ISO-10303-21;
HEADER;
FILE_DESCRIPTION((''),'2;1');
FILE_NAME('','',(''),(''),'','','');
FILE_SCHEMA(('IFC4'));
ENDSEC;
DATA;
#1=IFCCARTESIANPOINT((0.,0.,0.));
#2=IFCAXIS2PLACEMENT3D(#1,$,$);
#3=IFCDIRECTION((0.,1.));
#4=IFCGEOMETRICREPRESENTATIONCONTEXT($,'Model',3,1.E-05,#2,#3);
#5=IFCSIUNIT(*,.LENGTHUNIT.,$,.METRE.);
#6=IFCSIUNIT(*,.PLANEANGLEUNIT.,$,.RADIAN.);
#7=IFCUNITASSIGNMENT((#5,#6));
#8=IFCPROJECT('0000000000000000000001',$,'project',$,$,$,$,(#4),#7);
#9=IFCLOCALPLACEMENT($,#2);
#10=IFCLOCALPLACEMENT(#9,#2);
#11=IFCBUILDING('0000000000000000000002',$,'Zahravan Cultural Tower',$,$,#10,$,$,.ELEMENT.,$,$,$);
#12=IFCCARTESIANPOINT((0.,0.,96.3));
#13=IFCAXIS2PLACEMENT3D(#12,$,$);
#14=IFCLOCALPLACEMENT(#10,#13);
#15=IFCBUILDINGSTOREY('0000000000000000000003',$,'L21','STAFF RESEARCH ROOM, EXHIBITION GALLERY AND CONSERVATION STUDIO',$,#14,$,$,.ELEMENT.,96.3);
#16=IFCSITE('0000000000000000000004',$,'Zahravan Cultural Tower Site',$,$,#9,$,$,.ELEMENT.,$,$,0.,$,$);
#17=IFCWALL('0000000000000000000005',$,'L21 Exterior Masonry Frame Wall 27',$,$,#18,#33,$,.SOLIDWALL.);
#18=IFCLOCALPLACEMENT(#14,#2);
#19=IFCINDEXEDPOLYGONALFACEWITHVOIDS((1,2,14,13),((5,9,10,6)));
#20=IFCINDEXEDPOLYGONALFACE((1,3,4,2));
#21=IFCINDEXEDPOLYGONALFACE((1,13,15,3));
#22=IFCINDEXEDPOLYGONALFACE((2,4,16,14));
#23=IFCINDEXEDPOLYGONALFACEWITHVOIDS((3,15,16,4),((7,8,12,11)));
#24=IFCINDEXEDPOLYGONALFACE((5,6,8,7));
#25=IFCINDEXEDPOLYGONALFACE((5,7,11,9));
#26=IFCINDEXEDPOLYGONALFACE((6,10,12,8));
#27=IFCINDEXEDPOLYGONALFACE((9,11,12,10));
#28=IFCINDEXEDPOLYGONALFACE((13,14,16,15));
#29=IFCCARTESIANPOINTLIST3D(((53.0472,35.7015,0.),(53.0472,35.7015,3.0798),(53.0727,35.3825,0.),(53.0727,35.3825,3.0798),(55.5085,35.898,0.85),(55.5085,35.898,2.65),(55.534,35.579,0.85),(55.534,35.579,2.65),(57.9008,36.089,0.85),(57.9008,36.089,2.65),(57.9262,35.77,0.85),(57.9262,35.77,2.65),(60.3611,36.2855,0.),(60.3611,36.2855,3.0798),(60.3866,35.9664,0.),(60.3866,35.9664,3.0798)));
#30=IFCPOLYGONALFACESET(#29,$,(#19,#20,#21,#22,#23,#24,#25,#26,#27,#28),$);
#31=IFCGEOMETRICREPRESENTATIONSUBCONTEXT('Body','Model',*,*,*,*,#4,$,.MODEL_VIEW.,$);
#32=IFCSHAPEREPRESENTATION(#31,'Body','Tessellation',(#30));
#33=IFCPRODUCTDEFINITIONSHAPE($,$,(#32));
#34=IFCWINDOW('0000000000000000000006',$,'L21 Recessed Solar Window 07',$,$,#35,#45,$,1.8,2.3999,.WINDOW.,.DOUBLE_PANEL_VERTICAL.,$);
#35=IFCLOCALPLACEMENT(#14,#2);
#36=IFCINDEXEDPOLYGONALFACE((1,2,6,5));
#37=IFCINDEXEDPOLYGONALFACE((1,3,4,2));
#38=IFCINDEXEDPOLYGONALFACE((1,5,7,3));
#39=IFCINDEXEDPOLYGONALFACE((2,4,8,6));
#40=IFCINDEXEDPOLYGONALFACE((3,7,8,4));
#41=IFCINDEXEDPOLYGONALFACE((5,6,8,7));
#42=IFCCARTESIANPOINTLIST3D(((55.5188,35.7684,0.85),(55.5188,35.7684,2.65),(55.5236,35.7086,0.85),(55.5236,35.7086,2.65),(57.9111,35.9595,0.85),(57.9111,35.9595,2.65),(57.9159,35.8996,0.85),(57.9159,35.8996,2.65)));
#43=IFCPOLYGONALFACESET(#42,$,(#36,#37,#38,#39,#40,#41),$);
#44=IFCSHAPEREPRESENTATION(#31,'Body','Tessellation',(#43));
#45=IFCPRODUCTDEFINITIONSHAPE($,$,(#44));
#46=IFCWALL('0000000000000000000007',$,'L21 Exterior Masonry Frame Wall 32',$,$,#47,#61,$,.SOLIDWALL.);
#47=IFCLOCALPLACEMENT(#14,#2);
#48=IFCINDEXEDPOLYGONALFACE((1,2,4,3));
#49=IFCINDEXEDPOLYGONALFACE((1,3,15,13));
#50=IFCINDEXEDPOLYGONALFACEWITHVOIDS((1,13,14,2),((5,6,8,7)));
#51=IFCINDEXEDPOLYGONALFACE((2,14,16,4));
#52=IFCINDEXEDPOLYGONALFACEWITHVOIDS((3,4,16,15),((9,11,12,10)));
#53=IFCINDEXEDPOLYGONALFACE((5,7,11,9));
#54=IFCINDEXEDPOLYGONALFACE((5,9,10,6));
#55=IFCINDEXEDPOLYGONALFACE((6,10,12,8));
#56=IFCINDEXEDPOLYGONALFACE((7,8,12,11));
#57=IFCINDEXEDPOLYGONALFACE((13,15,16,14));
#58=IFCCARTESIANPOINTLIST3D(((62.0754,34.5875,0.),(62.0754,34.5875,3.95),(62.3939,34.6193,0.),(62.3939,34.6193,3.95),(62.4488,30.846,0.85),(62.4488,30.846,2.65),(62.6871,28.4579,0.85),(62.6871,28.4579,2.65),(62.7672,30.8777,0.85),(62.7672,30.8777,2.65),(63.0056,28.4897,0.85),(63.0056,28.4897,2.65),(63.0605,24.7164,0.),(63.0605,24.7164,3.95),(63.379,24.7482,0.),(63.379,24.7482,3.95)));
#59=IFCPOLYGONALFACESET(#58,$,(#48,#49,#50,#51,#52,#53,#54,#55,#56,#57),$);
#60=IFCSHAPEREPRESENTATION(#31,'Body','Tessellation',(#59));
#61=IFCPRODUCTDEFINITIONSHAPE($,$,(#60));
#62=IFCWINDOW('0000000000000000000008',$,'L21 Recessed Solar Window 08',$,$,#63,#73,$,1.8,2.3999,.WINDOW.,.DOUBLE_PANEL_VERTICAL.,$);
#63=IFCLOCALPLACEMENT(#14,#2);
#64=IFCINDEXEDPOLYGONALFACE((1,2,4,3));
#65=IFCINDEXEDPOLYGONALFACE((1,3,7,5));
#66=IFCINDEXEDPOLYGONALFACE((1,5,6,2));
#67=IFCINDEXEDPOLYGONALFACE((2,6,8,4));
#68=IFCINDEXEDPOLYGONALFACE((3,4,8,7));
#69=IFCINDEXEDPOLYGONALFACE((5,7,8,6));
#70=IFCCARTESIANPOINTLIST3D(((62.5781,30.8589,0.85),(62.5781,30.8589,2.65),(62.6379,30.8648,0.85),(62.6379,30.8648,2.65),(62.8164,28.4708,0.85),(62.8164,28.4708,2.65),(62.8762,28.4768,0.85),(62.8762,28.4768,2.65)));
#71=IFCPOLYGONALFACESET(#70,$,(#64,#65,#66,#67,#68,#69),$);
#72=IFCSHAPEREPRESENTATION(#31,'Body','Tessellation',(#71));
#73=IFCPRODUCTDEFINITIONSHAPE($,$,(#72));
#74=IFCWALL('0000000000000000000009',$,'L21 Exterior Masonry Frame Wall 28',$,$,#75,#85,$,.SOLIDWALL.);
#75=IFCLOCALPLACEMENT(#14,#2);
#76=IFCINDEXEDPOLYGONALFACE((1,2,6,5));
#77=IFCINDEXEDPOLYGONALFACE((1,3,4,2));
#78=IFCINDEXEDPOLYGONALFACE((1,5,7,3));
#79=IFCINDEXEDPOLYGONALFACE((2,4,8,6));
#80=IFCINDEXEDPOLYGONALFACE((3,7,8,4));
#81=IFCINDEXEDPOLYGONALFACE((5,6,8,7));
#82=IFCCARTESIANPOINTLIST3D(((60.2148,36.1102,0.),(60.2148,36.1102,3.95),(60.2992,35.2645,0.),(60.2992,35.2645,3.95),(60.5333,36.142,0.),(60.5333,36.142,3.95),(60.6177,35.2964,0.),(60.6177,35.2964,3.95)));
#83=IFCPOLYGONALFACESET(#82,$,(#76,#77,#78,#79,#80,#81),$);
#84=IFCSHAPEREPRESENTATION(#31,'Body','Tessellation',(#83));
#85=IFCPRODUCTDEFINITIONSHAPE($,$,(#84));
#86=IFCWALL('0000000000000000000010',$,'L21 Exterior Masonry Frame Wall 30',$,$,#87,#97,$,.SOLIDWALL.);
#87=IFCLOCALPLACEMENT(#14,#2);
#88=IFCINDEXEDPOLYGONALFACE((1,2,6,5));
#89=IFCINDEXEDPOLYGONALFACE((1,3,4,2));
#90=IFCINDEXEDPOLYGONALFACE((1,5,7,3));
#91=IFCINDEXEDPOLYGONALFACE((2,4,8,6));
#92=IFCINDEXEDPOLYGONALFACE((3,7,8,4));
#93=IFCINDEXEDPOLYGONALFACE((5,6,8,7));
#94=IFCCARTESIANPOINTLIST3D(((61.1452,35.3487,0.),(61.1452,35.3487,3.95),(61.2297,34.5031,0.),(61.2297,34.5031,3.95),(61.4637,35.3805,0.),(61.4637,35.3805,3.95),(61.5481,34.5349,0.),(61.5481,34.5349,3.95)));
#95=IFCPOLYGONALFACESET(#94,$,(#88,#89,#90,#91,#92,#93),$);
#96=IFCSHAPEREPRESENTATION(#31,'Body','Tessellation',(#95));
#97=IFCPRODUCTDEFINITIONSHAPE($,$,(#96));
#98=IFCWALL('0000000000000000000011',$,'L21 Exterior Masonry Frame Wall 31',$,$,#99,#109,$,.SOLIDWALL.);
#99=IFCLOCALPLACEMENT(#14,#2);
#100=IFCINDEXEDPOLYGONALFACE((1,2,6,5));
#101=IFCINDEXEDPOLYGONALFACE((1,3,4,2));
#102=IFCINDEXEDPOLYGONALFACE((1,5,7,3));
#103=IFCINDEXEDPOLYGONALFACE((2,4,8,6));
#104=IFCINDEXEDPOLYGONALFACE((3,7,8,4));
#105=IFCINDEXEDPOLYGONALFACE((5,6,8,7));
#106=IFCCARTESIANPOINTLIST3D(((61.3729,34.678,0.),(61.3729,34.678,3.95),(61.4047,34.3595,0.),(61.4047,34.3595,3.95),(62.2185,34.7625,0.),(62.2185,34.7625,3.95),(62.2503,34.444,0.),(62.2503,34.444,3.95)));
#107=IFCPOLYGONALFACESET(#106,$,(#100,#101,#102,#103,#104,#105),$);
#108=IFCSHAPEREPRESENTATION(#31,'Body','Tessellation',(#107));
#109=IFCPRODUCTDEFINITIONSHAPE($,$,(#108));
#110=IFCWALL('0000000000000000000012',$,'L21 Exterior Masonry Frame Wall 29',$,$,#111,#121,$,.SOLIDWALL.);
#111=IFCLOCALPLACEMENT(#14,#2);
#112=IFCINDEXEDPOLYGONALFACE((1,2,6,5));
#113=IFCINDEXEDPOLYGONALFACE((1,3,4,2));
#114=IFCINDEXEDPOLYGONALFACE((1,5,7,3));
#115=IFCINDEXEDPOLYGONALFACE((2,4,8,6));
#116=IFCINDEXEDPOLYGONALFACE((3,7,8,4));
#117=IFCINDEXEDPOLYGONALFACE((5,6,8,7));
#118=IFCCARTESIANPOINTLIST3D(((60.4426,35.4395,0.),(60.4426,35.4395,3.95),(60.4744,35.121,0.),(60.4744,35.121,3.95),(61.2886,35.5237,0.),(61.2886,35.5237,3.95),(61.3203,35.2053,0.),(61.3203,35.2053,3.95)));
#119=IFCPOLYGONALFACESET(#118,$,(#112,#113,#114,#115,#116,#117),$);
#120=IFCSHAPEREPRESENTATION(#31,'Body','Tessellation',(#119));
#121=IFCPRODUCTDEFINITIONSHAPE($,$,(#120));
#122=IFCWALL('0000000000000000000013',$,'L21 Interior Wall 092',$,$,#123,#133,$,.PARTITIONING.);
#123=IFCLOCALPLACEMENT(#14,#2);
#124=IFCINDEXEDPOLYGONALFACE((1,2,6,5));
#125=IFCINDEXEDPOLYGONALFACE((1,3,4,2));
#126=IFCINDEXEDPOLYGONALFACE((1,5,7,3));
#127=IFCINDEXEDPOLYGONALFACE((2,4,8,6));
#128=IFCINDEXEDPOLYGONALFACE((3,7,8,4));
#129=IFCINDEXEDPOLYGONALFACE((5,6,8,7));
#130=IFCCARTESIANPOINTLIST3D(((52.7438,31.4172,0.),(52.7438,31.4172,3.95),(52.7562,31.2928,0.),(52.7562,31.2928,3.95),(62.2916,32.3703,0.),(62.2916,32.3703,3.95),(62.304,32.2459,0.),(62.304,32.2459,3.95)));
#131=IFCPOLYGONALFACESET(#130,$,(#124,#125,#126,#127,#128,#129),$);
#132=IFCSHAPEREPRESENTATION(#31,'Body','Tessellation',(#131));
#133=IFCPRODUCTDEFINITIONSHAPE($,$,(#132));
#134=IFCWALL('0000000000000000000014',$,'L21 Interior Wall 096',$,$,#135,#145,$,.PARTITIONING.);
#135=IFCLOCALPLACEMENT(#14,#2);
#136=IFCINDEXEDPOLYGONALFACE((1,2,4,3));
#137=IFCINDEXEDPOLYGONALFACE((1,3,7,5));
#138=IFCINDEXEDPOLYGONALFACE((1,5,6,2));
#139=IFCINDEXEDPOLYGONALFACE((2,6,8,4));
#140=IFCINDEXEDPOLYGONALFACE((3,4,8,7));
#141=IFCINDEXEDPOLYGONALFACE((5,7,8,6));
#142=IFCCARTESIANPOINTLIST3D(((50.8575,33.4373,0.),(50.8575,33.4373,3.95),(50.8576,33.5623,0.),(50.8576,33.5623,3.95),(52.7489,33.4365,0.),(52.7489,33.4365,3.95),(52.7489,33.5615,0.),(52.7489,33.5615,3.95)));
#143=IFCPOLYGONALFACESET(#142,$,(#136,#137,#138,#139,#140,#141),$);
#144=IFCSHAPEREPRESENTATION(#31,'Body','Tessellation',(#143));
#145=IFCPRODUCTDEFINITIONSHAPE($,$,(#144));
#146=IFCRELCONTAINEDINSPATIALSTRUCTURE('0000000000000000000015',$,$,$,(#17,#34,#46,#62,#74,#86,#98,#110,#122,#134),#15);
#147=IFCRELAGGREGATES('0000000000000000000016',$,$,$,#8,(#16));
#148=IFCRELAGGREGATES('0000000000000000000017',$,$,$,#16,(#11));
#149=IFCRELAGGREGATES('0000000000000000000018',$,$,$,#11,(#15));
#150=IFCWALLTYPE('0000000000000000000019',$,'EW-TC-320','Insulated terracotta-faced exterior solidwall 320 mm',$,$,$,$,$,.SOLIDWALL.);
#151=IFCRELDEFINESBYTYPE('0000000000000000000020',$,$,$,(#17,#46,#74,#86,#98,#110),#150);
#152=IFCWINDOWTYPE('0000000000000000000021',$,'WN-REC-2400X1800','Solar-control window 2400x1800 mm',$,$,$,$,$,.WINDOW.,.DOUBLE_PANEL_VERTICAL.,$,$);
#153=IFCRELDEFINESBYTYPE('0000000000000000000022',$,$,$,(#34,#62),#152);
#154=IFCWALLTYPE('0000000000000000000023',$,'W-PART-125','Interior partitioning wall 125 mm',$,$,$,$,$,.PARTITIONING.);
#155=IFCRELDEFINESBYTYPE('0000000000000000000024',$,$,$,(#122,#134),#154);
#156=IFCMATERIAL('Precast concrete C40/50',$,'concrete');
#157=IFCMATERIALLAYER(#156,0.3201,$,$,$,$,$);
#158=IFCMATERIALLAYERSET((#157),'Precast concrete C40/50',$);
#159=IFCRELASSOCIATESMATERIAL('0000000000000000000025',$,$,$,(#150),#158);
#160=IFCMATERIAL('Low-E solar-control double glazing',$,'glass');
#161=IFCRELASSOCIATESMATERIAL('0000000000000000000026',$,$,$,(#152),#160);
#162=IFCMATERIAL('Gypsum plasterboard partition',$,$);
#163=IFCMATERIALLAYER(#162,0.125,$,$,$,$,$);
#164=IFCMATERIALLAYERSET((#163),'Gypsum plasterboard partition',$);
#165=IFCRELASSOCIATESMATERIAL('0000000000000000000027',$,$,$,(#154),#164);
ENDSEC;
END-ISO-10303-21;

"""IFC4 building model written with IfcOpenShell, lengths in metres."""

from ifc_helpers import new_model, si_unit, direction, frame, frame_2d, origin, place, context, subcontext, project, spatial, rectangle, extrude, source, transform, mapped, material, layer, layer_set, type_object, element, fill, save


model = new_model("IFC4")

# Units and contexts
model_context = context("Model", 3, precision=1e-05, world=origin(), true_north=direction((0.0, 1.0)))
body_context = subcontext(model_context, "Body", "Model", "MODEL_VIEW")
ifc_project = project(units=[si_unit("LENGTHUNIT", "METRE"), si_unit("PLANEANGLEUNIT", "RADIAN")], contexts=[model_context])

# Site, building, storey
site_placement = place(None, origin())
site = spatial("IfcSite", under=ifc_project, at=site_placement, Name="Zahravan Cultural Tower Site", CompositionType="ELEMENT", RefElevation=0.0)
building_placement = place(site_placement, origin())
building = spatial("IfcBuilding", under=site, at=building_placement, Name="Zahravan Cultural Tower", CompositionType="ELEMENT")
storey_placement = place(building_placement, frame((0.0, 0.0, 96.3)))
storey = spatial("IfcBuildingStorey", under=building, at=storey_placement, Name="L21", Description="STAFF RESEARCH ROOM, EXHIBITION GALLERY AND CONSERVATION STUDIO", CompositionType="ELEMENT", Elevation=96.3)

# Walls, openings, windows
ifc_material_1 = material(Name="Precast concrete C40/50", Category="concrete")
ifc_layer_1 = layer(ifc_material_1, 0.3201)
ifc_layer_set_1 = layer_set([ifc_layer_1], Name="Precast concrete C40/50")
wall_type_1 = type_object("IfcWallType", Name="EW-TC-320", Description="Insulated terracotta-faced exterior solidwall 320 mm", PredefinedType="SOLIDWALL", material=ifc_layer_set_1)
ifc_material_2 = material(Name="Low-E solar-control double glazing", Category="glass")
window_type = type_object("IfcWindowType", Name="WN-REC-2400X1800", Description="Solar-control window 2400x1800 mm", PartitioningType="DOUBLE_PANEL_VERTICAL", PredefinedType="WINDOW", material=ifc_material_2)
shared_shape_1 = source(origin(), body_context, "Body", "SweptSolid", [
    extrude(rectangle(XDim=2.3999, YDim=1.8, at=frame_2d((1.2, 0.8999))), frame((0.0, 0.03, 0.0), z_axis=(0.0, -1.0, 0.0), x_axis=(1.0, 0.0, 0.0)), (0.0, 0.0, 1.0), 0.0601),
])
wall_1_placement = place(storey_placement, frame((53.0601, 35.542, 0.0), z_axis=(0.0, 0.0, 1.0), x_axis=(0.996828, 0.079592, 0.0)))
wall_1 = element("IfcWall", 1, at=wall_1_placement, inside=storey, type_object=wall_type_1, Name="L21 Exterior Masonry Frame Wall 27", PredefinedType="SOLIDWALL", context=body_context, shape_type="SweptSolid", body=[
    extrude(rectangle(XDim=7.3372, YDim=0.3201, at=frame_2d((3.6685, 0.0))), origin(), (0.0, 0.0, 1.0), 3.0798),
])
opening_1_placement = place(wall_1_placement, frame((2.469, 0.0, 0.8501)))
opening_1 = element("IfcOpeningElement", 2, at=opening_1_placement, cuts=wall_1, PredefinedType="OPENING", context=body_context, shape_type="SweptSolid", body=[
    extrude(rectangle(XDim=2.3999, YDim=1.8, at=frame_2d((1.2, 0.8999))), frame((0.0, 0.1699, 0.0), z_axis=(0.0, -1.0, 0.0), x_axis=(1.0, 0.0, 0.0)), (0.0, 0.0, 1.0), 0.3401),
])
window_1_placement = place(opening_1_placement, origin())
window_1 = element("IfcWindow", 3, at=window_1_placement, inside=storey, type_object=window_type, Name="L21 Recessed Solar Window 07", OverallHeight=1.8, OverallWidth=2.3999, PartitioningType="DOUBLE_PANEL_VERTICAL", PredefinedType="WINDOW", context=body_context, shape_type="MappedRepresentation", body=[
    mapped(shared_shape_1, transform((0.0, 0.0, 0.0), x_axis=(1.0, 0.0, 0.0), y_axis=(0.0, 1.0, 0.0), z_axis=(0.0, 0.0, 1.0), scale=1.0)),
])
fill(opening_1, window_1)
wall_2_placement = place(storey_placement, frame((62.2346, 34.6033, 0.0), z_axis=(0.0, 0.0, 1.0), x_axis=(0.099304, -0.995057, 0.0)))
wall_2 = element("IfcWall", 4, at=wall_2_placement, inside=storey, type_object=wall_type_1, Name="L21 Exterior Masonry Frame Wall 32", PredefinedType="SOLIDWALL", context=body_context, shape_type="SweptSolid", body=[
    extrude(rectangle(XDim=9.9202, YDim=0.3201, at=frame_2d((4.96, 0.0))), origin(), (0.0, 0.0, 1.0), 3.95),
])
opening_2_placement = place(wall_2_placement, frame((3.76, 0.0, 0.8501)))
opening_2 = element("IfcOpeningElement", 5, at=opening_2_placement, cuts=wall_2, PredefinedType="OPENING", context=body_context, shape_type="SweptSolid", body=[
    extrude(rectangle(XDim=2.3999, YDim=1.8, at=frame_2d((1.2, 0.8999))), frame((0.0, 0.1699, 0.0), z_axis=(0.0, -1.0, 0.0), x_axis=(1.0, 0.0, 0.0)), (0.0, 0.0, 1.0), 0.3401),
])
window_2_placement = place(opening_2_placement, origin())
window_2 = element("IfcWindow", 6, at=window_2_placement, inside=storey, type_object=window_type, Name="L21 Recessed Solar Window 08", OverallHeight=1.8, OverallWidth=2.3999, PartitioningType="DOUBLE_PANEL_VERTICAL", PredefinedType="WINDOW", context=body_context, shape_type="MappedRepresentation", body=[
    mapped(shared_shape_1, transform((0.0, 0.0, 0.0), x_axis=(1.0, 0.0, 0.0), y_axis=(0.0, 1.0, 0.0), z_axis=(0.0, 0.0, 1.0), scale=1.0)),
])
fill(opening_2, window_2)

# Shared definitions
ifc_material_3 = material(Name="Gypsum plasterboard partition")
ifc_layer_2 = layer(ifc_material_3, 0.125)
ifc_layer_set_2 = layer_set([ifc_layer_2], Name="Gypsum plasterboard partition")
wall_type_2 = type_object("IfcWallType", Name="W-PART-125", Description="Interior partitioning wall 125 mm", PredefinedType="PARTITIONING", material=ifc_layer_set_2)

# Walls
shared_shape_2 = source(origin(), body_context, "Body", "SweptSolid", [
    extrude(rectangle(XDim=0.8499, YDim=0.3201, at=frame_2d((0.4248, 0.0))), origin(), (0.0, 0.0, 1.0), 3.95),
])
for number, where, z_axis, x_axis, name in (
    (7, (60.374, 36.126, 0.0), (0.0, 0.0, 1.0), (0.09939, -0.995049, 0.0), "L21 Exterior Masonry Frame Wall 28"),
    (8, (61.3044, 35.3645, 0.0), (0.0, 0.0, 1.0), (0.09939, -0.995049, 0.0), "L21 Exterior Masonry Frame Wall 30"),
    (9, (61.3889, 34.5188, 0.0), (0.0, 0.0, 1.0), (0.995049, 0.09939, 0.0), "L21 Exterior Masonry Frame Wall 31"),
):
    element("IfcWall", number, at=place(storey_placement, frame(where, z_axis=z_axis, x_axis=x_axis)), inside=storey, type_object=wall_type_1, Name=name, PredefinedType="SOLIDWALL", context=body_context, shape_type="MappedRepresentation", body=[
        mapped(shared_shape_2, transform((0.0, 0.0, 0.0), x_axis=(1.0, 0.0, 0.0), y_axis=(0.0, 1.0, 0.0), z_axis=(0.0, 0.0, 1.0), scale=1.0)),
    ])
shared_shape_3 = source(origin(), body_context, "Body", "SweptSolid", [
    extrude(rectangle(XDim=0.8501, YDim=0.3201, at=frame_2d((0.425, 0.0))), origin(), (0.0, 0.0, 1.0), 3.95),
])
wall_3_placement = place(storey_placement, frame((60.4585, 35.2803, 0.0), z_axis=(0.0, 0.0, 1.0), x_axis=(0.99508, 0.099077, 0.0)))
element("IfcWall", 10, at=wall_3_placement, inside=storey, type_object=wall_type_1, Name="L21 Exterior Masonry Frame Wall 29", PredefinedType="SOLIDWALL", context=body_context, shape_type="MappedRepresentation", body=[
    mapped(shared_shape_3, transform((0.0, 0.0, 0.0), x_axis=(1.0, 0.0, 0.0), y_axis=(0.0, 1.0, 0.0), z_axis=(0.0, 0.0, 1.0), scale=1.0)),
])
shared_shape_4 = source(origin(), body_context, "Body", "SweptSolid", [
    extrude(rectangle(XDim=9.5952, YDim=0.125, at=frame_2d((4.7976, 0.0))), origin(), (0.0, 0.0, 1.0), 3.95),
])
wall_4_placement = place(storey_placement, frame((52.75, 31.355, 0.0), z_axis=(0.0, 0.0, 1.0), x_axis=(0.995054, 0.099332, 0.0)))
element("IfcWall", 11, at=wall_4_placement, inside=storey, type_object=wall_type_2, Name="L21 Interior Wall 092", PredefinedType="PARTITIONING", context=body_context, shape_type="MappedRepresentation", body=[
    mapped(shared_shape_4, transform((0.0, 0.0, 0.0), x_axis=(1.0, 0.0, 0.0), y_axis=(0.0, 1.0, 0.0), z_axis=(0.0, 0.0, 1.0), scale=1.0)),
])
shared_shape_5 = source(origin(), body_context, "Body", "SweptSolid", [
    extrude(rectangle(XDim=1.8914, YDim=0.125, at=frame_2d((0.9458, 0.0))), origin(), (0.0, 0.0, 1.0), 3.95),
])
wall_5_placement = place(storey_placement, frame((52.749, 33.499, 0.0), z_axis=(0.0, 0.0, 1.0), x_axis=(-1.0, 0.000387, 0.0)))
element("IfcWall", 12, at=wall_5_placement, inside=storey, type_object=wall_type_2, Name="L21 Interior Wall 096", PredefinedType="PARTITIONING", context=body_context, shape_type="MappedRepresentation", body=[
    mapped(shared_shape_5, transform((0.0, 0.0, 0.0), x_axis=(1.0, 0.0, 0.0), y_axis=(0.0, 1.0, 0.0), z_axis=(0.0, 0.0, 1.0), scale=1.0)),
])

save(model, "model.ifc")
